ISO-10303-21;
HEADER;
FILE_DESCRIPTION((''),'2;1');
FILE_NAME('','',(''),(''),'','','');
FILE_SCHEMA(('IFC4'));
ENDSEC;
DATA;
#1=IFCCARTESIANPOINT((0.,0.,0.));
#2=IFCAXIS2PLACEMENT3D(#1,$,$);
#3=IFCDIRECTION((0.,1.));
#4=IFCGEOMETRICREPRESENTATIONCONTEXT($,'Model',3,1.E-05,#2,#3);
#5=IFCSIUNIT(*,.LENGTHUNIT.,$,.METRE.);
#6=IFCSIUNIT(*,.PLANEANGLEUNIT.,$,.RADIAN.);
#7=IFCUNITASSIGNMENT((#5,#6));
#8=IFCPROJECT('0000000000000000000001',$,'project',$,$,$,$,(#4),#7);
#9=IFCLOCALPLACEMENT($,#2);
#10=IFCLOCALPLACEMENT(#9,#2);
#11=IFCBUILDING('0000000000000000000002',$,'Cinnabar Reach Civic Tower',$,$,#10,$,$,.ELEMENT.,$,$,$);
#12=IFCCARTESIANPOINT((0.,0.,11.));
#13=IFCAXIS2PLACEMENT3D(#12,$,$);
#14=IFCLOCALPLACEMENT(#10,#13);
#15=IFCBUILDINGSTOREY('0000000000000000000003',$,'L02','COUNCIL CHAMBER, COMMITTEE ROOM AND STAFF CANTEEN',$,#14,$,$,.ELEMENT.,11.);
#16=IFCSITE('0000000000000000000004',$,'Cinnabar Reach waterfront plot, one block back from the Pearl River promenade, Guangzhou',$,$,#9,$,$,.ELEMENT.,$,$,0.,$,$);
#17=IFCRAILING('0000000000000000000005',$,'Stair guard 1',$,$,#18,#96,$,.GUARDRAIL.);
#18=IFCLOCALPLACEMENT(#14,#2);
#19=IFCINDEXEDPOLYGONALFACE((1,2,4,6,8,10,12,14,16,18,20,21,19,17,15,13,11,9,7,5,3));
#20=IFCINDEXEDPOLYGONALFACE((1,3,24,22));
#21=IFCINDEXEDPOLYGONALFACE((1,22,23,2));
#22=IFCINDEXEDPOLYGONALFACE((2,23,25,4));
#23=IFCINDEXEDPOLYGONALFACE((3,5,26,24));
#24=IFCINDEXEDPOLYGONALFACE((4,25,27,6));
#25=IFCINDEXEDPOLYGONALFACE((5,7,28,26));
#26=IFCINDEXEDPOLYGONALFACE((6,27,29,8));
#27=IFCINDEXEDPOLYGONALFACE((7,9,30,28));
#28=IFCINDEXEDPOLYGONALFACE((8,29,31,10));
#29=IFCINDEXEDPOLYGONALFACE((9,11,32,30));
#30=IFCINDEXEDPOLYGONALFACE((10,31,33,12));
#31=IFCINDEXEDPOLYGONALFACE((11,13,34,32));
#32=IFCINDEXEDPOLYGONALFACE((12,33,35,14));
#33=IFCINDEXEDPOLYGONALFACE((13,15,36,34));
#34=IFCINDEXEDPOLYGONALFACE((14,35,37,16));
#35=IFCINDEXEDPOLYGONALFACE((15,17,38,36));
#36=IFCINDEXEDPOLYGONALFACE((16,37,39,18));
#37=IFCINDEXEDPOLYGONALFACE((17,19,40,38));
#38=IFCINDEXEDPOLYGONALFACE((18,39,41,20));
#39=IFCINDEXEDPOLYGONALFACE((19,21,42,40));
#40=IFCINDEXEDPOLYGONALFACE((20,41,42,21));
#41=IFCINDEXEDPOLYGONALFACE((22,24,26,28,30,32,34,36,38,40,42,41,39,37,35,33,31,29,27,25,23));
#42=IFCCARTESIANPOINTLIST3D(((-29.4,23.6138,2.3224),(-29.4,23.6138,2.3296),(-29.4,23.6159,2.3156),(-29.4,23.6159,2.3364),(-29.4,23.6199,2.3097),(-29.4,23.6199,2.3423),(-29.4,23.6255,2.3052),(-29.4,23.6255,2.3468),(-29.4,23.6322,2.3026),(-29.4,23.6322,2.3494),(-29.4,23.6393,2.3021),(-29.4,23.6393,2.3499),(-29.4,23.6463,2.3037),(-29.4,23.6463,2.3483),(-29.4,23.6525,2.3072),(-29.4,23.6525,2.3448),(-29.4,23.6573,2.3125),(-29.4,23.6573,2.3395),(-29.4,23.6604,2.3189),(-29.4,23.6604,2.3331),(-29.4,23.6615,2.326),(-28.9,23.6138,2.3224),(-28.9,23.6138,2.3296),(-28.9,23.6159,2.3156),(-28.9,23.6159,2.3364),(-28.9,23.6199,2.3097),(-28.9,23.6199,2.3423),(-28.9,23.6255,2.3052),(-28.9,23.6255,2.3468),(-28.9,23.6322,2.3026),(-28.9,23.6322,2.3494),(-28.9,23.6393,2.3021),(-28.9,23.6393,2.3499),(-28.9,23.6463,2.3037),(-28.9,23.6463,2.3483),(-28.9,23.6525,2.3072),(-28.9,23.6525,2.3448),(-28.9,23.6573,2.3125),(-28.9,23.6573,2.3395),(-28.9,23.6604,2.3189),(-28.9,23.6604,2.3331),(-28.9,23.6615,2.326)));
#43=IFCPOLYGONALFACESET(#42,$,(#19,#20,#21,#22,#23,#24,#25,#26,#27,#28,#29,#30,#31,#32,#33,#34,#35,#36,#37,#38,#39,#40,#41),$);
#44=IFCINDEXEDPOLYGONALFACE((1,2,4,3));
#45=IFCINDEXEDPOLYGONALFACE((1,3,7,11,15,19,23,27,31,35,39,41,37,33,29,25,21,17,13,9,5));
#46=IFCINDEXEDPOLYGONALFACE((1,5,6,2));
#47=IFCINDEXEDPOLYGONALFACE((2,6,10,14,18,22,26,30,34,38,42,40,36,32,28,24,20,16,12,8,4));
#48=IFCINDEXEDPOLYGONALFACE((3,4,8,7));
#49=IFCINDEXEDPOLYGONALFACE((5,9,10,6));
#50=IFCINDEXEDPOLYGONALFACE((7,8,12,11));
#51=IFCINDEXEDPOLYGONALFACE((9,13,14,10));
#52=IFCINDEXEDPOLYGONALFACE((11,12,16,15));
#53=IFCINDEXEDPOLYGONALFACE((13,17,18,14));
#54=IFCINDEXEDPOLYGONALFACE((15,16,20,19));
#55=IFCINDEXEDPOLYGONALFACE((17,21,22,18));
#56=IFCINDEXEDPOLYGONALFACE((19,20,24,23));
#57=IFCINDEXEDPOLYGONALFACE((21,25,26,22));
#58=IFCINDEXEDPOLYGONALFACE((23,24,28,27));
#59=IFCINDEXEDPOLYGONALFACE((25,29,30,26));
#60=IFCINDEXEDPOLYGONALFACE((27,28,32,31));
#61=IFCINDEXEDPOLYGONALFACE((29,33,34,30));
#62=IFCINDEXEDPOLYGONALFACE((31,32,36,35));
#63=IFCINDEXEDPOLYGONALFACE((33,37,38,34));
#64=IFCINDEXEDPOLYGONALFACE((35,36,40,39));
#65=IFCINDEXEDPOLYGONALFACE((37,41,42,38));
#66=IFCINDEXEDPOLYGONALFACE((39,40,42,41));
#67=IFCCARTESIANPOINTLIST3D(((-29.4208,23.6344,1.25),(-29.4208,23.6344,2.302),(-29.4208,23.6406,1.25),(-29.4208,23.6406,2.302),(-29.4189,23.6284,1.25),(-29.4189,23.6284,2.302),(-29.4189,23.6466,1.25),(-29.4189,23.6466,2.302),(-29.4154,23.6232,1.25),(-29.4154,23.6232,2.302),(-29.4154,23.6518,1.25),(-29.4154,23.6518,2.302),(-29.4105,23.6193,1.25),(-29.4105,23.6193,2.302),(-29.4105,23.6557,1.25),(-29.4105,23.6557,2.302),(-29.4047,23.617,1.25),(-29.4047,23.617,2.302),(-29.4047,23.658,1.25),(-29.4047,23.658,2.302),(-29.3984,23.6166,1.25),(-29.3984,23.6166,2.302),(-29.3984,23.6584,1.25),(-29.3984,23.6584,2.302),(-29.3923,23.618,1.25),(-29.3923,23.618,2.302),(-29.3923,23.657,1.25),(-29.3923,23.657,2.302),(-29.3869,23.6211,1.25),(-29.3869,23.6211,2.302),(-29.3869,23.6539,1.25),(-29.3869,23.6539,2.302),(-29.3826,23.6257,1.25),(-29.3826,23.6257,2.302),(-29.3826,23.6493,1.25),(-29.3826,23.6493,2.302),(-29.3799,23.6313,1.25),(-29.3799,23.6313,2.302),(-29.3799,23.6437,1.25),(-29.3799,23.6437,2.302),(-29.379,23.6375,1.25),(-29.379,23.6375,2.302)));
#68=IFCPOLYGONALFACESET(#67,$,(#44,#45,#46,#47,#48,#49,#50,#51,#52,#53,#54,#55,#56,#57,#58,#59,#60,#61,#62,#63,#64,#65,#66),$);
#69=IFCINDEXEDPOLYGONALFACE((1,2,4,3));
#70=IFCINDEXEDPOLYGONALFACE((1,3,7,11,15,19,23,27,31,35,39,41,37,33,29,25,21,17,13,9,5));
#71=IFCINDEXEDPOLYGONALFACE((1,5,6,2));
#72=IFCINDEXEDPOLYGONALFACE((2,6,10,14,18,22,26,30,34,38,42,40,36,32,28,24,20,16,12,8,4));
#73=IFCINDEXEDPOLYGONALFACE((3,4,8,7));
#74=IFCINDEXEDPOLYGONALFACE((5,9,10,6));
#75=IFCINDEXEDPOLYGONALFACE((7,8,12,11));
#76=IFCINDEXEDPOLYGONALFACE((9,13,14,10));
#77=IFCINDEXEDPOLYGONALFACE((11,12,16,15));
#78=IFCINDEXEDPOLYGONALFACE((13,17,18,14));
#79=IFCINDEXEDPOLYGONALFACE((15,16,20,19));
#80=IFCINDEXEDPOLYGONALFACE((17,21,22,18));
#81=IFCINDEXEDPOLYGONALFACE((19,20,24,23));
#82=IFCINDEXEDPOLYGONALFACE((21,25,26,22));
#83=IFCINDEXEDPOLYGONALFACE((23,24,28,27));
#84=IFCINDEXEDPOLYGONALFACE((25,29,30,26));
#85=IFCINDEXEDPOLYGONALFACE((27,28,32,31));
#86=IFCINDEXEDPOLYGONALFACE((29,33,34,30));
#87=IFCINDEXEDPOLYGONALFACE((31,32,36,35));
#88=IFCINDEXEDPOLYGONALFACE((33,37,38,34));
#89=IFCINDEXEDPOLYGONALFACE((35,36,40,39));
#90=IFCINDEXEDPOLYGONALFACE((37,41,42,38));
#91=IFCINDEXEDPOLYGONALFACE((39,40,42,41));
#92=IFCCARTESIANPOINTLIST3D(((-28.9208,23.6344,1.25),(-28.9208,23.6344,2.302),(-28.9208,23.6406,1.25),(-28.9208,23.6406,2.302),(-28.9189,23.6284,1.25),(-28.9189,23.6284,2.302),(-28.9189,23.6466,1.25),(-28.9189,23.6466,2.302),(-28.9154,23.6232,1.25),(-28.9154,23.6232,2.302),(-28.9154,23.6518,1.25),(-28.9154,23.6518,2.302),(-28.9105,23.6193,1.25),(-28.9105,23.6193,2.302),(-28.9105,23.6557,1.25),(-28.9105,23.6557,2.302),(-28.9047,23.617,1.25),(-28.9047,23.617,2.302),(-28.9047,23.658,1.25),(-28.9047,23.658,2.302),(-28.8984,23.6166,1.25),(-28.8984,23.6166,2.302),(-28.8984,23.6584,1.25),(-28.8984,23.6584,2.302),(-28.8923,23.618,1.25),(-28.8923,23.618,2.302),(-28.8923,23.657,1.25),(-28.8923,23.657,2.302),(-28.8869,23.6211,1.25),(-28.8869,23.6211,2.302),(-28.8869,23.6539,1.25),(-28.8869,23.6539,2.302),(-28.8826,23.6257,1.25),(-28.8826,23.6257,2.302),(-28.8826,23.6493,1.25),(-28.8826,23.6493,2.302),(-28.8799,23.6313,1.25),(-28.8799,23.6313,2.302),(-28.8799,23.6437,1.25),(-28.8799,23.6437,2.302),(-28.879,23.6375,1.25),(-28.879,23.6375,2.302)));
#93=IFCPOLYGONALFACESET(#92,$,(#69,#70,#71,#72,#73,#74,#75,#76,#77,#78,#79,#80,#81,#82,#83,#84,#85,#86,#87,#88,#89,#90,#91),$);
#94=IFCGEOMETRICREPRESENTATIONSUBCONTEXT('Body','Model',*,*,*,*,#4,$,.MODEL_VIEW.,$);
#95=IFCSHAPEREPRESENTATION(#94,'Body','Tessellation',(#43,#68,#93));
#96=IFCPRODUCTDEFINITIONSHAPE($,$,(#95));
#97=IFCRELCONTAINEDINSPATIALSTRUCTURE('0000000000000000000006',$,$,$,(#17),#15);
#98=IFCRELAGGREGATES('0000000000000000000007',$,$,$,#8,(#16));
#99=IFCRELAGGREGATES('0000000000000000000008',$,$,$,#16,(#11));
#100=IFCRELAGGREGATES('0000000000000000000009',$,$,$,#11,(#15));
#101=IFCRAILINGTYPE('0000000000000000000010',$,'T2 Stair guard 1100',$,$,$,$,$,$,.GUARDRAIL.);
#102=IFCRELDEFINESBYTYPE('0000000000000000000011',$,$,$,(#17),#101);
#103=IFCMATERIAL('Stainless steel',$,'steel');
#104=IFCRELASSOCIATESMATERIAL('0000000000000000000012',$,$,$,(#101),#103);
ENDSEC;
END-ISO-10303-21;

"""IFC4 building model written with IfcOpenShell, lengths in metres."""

from ifc_helpers import new_model, si_unit, direction, frame, origin, origin_2d, place, context, subcontext, project, spatial, circle, extrude, material, type_object, element, save


model = new_model("IFC4")

# Units and contexts
model_context = context("Model", 3, precision=1e-05, world=origin(), true_north=direction((0.0, 1.0)))
body_context = subcontext(model_context, "Body", "Model", "MODEL_VIEW")
ifc_project = project(units=[si_unit("LENGTHUNIT", "METRE"), si_unit("PLANEANGLEUNIT", "RADIAN")], contexts=[model_context])

# Site, building, storey
site_placement = place(None, origin())
site = spatial("IfcSite", under=ifc_project, at=site_placement, Name="Cinnabar Reach waterfront plot, one block back from the Pearl River promenade, Guangzhou", CompositionType="ELEMENT", RefElevation=0.0)
building_placement = place(site_placement, origin())
building = spatial("IfcBuilding", under=site, at=building_placement, Name="Cinnabar Reach Civic Tower", CompositionType="ELEMENT")
storey_placement = place(building_placement, frame((0.0, 0.0, 11.0)))
storey = spatial("IfcBuildingStorey", under=building, at=storey_placement, Name="L02", Description="COUNCIL CHAMBER, COMMITTEE ROOM AND STAFF CANTEEN", CompositionType="ELEMENT", Elevation=11.0)

# Railing
ifc_material_1 = material(Name="Stainless steel", Category="steel")
railing_type = type_object("IfcRailingType", Name="T2 Stair guard 1100", PredefinedType="GUARDRAIL", material=ifc_material_1)
railing_1_placement = place(storey_placement, frame((-29.4, 23.6375, 1.25)))
element("IfcRailing", 1, at=railing_1_placement, inside=storey, type_object=railing_type, Name="Stair guard 1", PredefinedType="GUARDRAIL", context=body_context, shape_type="SweptSolid", body=[
    extrude(circle(Radius=0.024, at=origin_2d()), frame((0.0, 0.0, 1.076), z_axis=(1.0, 0.0, 0.0), x_axis=(0.0, 1.0, 0.0)), (0.0, 0.0, 1.0), 0.5),
    extrude(circle(Radius=0.021, at=origin_2d()), origin(), (0.0, 0.0, 1.0), 1.052),
    extrude(circle(Radius=0.021, at=origin_2d()), frame((0.5, 0.0, 0.0)), (0.0, 0.0, 1.0), 1.052),
])

save(model, "model.ifc")
